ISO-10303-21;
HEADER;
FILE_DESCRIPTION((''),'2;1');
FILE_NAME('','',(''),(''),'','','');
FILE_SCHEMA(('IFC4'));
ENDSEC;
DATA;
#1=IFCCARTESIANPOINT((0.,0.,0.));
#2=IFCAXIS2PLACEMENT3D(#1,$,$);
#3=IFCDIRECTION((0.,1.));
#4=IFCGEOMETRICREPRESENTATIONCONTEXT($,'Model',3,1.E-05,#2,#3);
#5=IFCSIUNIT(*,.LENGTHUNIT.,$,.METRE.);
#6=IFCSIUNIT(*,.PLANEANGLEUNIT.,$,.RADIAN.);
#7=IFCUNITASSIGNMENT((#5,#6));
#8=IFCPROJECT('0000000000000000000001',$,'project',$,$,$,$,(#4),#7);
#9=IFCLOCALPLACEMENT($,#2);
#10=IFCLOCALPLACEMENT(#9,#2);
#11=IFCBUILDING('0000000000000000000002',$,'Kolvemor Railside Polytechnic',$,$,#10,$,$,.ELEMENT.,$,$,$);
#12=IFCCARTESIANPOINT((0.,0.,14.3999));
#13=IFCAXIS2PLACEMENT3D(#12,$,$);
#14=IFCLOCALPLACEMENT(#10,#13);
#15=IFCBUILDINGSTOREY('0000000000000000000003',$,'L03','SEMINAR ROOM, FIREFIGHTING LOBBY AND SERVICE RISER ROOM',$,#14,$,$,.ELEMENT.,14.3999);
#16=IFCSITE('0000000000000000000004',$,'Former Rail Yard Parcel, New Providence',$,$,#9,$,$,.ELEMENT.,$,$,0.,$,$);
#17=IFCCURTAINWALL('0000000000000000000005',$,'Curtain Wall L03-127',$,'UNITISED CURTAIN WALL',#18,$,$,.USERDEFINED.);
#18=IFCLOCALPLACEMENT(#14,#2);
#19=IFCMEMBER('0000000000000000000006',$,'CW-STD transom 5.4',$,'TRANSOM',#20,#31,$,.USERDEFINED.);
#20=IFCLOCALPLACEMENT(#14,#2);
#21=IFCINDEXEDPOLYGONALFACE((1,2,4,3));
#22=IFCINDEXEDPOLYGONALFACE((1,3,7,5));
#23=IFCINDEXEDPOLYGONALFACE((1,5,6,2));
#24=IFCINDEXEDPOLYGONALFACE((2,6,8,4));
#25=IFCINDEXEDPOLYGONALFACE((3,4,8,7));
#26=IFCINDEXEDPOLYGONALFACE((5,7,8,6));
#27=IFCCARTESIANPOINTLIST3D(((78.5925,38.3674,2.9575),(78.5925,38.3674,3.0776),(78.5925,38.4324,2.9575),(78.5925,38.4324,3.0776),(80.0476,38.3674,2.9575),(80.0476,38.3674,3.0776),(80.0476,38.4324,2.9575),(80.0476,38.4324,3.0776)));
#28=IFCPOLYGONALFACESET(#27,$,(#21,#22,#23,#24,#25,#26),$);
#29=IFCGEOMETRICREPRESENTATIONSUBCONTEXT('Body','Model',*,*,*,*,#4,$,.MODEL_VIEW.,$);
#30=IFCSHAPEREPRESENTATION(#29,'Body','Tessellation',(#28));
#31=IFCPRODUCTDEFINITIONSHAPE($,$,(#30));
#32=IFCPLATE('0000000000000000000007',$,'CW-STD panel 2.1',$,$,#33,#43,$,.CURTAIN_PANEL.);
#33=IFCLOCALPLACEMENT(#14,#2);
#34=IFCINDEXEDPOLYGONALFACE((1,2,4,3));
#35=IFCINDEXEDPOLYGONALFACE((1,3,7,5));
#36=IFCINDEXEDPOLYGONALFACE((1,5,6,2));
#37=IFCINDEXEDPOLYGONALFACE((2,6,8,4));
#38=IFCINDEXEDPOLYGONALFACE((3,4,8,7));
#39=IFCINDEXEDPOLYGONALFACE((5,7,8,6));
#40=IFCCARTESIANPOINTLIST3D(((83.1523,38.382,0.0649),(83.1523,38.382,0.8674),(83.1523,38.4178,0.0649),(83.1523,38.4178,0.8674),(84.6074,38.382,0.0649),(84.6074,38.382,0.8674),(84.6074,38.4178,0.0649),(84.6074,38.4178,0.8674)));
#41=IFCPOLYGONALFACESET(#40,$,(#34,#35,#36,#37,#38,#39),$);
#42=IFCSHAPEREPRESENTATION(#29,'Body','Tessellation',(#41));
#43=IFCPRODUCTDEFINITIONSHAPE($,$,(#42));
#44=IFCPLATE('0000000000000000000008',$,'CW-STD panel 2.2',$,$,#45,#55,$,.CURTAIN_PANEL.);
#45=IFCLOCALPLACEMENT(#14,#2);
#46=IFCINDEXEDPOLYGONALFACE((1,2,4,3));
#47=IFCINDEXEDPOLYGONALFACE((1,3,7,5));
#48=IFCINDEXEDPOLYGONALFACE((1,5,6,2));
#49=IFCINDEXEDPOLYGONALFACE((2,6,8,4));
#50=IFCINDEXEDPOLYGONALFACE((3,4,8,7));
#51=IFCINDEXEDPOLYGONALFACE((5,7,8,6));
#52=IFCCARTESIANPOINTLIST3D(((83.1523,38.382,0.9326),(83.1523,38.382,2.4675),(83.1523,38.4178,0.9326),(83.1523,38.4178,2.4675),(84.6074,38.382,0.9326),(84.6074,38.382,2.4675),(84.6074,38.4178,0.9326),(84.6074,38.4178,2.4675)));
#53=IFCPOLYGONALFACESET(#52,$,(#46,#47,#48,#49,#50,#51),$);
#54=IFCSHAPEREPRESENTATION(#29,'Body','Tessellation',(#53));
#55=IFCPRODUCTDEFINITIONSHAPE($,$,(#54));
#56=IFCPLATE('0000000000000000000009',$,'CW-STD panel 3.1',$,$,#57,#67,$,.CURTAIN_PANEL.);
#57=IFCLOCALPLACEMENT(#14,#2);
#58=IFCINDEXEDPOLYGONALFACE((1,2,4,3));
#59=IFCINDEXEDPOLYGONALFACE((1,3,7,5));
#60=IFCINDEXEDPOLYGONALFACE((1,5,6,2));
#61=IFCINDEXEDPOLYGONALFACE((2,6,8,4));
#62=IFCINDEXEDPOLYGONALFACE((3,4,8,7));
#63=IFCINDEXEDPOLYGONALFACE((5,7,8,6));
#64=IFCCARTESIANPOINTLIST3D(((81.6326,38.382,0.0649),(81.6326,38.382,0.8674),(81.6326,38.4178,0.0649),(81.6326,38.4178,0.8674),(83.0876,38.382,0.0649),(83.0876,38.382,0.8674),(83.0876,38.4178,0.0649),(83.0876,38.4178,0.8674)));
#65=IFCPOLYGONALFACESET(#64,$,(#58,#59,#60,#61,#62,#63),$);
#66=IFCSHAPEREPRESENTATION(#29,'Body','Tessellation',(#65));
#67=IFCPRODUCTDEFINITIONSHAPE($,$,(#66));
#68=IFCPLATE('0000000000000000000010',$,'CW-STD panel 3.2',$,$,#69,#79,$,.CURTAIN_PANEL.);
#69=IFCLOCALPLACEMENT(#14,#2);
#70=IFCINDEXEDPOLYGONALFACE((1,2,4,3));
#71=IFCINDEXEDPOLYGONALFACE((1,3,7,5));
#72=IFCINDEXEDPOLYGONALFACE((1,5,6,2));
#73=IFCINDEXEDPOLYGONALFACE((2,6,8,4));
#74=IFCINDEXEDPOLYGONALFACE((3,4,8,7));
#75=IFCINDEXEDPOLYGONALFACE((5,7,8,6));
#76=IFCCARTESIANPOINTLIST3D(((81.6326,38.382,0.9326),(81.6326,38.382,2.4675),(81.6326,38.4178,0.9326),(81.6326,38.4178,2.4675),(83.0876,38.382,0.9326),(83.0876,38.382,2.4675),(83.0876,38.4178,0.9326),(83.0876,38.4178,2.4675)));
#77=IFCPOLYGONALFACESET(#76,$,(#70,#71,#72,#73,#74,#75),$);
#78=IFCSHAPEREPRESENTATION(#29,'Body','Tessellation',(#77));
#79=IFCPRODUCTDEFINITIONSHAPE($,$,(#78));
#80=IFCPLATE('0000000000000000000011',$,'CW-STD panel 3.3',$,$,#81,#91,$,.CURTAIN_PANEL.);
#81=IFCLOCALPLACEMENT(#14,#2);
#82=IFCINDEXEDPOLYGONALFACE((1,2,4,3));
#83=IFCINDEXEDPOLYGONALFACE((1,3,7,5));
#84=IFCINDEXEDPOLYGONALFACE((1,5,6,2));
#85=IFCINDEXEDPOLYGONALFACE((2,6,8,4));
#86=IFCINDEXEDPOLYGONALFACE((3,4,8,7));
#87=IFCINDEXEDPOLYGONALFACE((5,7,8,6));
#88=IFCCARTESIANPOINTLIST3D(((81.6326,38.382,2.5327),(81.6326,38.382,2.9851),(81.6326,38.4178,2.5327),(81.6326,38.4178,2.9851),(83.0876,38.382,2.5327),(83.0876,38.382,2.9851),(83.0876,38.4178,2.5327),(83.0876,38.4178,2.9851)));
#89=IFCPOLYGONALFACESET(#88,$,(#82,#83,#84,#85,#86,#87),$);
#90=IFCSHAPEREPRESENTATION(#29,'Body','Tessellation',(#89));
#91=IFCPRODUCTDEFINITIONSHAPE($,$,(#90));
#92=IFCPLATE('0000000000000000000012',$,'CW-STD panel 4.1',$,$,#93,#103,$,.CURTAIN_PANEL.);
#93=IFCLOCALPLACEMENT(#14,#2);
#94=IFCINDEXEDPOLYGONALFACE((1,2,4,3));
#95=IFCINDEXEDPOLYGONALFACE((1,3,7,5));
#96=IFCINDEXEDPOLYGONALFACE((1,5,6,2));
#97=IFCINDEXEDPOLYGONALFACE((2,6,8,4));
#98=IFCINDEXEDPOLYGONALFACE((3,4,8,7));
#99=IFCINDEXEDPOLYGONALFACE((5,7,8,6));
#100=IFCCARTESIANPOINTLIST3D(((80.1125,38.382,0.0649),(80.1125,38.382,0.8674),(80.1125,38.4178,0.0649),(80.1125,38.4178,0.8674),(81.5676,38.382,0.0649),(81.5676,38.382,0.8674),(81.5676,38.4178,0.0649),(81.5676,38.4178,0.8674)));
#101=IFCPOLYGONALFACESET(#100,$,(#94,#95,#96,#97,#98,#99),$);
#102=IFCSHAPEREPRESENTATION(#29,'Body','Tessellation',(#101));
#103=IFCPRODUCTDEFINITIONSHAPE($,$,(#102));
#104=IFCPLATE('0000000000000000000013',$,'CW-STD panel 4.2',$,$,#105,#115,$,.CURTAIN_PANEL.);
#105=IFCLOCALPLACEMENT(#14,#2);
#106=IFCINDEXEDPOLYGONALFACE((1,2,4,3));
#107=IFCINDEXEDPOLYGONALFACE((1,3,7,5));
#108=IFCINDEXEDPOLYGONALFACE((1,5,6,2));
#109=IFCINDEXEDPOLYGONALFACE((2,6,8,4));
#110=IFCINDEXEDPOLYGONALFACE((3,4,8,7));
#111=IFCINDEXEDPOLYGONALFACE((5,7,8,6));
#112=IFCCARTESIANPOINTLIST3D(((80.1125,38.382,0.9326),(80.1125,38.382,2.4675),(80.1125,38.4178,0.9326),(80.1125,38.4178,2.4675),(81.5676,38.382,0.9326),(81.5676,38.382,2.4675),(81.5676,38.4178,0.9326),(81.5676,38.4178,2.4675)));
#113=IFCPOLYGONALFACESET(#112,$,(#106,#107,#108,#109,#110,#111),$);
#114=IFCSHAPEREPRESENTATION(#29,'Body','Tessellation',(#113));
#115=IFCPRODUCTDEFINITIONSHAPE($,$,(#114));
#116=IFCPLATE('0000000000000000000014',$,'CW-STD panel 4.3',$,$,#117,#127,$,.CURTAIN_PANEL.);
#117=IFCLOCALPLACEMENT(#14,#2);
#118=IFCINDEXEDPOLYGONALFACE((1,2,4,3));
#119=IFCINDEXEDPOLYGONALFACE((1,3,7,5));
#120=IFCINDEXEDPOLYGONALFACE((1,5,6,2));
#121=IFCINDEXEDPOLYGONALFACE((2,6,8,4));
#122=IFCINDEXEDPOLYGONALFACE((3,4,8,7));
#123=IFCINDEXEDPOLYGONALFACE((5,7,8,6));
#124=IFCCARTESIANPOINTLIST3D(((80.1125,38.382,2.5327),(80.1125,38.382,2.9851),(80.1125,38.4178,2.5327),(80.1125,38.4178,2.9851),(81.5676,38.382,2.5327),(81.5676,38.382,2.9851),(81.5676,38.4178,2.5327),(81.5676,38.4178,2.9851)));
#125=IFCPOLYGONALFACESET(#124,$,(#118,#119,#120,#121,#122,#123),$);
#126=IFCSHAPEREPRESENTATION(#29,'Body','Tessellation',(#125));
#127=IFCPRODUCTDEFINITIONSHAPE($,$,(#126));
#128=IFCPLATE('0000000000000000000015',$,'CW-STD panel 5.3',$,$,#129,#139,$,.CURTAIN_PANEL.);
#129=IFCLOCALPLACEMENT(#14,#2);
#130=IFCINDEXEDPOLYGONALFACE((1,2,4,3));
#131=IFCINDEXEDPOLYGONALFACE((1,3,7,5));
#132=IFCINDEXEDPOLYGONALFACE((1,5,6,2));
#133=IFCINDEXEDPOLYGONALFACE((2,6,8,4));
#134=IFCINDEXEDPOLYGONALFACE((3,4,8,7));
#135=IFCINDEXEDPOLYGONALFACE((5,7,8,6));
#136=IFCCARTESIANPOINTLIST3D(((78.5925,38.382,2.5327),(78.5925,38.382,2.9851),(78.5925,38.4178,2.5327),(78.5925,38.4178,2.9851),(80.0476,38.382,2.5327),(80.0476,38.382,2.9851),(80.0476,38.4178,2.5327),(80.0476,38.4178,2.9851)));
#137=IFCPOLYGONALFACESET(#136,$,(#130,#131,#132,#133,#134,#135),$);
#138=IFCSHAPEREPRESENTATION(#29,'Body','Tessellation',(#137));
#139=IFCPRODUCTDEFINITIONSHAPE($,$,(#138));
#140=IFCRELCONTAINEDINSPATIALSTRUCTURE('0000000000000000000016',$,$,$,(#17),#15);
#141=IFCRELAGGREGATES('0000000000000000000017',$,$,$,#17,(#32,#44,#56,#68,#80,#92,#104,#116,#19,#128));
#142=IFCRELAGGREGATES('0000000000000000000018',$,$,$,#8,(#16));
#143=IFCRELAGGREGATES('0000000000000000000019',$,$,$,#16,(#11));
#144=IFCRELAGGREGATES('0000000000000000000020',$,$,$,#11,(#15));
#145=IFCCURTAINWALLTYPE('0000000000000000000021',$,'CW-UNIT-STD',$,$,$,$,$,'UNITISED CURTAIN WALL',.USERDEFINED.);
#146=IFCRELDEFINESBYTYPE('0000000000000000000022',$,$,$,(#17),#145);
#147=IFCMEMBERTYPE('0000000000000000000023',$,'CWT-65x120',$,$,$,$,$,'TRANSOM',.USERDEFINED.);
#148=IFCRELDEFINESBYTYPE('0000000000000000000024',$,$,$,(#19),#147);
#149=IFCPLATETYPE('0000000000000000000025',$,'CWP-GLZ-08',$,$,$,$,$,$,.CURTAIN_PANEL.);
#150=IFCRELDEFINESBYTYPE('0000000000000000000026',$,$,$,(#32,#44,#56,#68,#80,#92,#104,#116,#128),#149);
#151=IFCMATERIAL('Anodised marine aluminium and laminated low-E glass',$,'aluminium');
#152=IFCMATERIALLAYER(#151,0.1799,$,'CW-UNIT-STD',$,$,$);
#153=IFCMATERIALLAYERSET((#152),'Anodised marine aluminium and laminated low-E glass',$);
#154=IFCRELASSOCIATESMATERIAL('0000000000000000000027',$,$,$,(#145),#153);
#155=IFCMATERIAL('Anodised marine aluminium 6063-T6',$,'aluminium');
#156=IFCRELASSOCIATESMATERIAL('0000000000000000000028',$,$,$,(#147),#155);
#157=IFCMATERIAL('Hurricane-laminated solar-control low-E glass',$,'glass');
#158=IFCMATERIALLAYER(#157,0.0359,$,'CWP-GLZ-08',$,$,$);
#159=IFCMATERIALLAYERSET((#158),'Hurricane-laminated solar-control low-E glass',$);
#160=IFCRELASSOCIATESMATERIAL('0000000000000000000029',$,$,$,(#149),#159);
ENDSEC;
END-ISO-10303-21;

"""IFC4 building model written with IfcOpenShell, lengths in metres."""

from ifc_helpers import new_model, si_unit, direction, frame, origin, origin_2d, place, context, subcontext, project, spatial, rectangle, extrude, material, layer, layer_set, material_profile, profile_set, type_object, element, aggregate, save


model = new_model("IFC4")

# Units and contexts
model_context = context("Model", 3, precision=1e-05, world=origin(), true_north=direction((0.0, 1.0)))
body_context = subcontext(model_context, "Body", "Model", "MODEL_VIEW")
ifc_project = project(units=[si_unit("LENGTHUNIT", "METRE"), si_unit("PLANEANGLEUNIT", "RADIAN")], contexts=[model_context])

# Site, building, storey
site_placement = place(None, origin())
site = spatial("IfcSite", under=ifc_project, at=site_placement, Name="Former Rail Yard Parcel, New Providence", CompositionType="ELEMENT", RefElevation=0.0)
building_placement = place(site_placement, origin())
building = spatial("IfcBuilding", under=site, at=building_placement, Name="Kolvemor Railside Polytechnic", CompositionType="ELEMENT")
storey_placement = place(building_placement, frame((0.0, 0.0, 14.3999)))
storey = spatial("IfcBuildingStorey", under=building, at=storey_placement, Name="L03", Description="SEMINAR ROOM, FIREFIGHTING LOBBY AND SERVICE RISER ROOM", CompositionType="ELEMENT", Elevation=14.3999)

# Curtain wall, member, plates
ifc_material_1 = material(Name="Anodised marine aluminium and laminated low-E glass", Category="aluminium")
ifc_layer_1 = layer(ifc_material_1, 0.1799, Name="CW-UNIT-STD")
ifc_layer_set_1 = layer_set([ifc_layer_1], Name="Anodised marine aluminium and laminated low-E glass")
curtain_wall_type = type_object("IfcCurtainWallType", Name="CW-UNIT-STD", ElementType="UNITISED CURTAIN WALL", PredefinedType="USERDEFINED", material=ifc_layer_set_1)
curtain_wall_placement = place(storey_placement, origin())
curtain_wall = element("IfcCurtainWall", 1, at=curtain_wall_placement, inside=storey, type_object=curtain_wall_type, Name="Curtain Wall L03-127", ObjectType="UNITISED CURTAIN WALL", PredefinedType="USERDEFINED")
ifc_material_2 = material(Name="Anodised marine aluminium 6063-T6", Category="aluminium")
ifc_material_profile_1 = material_profile(ifc_material_2, rectangle(XDim=0.0649, YDim=0.1201, at=origin_2d()), Name="CW-TRN-65x120")
ifc_profile_set_1 = profile_set([ifc_material_profile_1], Name="Anodised marine aluminium 6063-T6")
member_type_1 = type_object("IfcMemberType", Name="CWT-65x120", ElementType="TRANSOM", PredefinedType="USERDEFINED", material=ifc_profile_set_1)
member_1_placement = place(storey_placement, frame((80.0476, 38.3999, 3.0176), z_axis=(-1.0, 0.0, 0.0), x_axis=(0.0, -1.0, 0.0)))
member_1 = element("IfcMember", 2, at=member_1_placement, type_object=member_type_1, Name="CW-STD transom 5.4", ObjectType="TRANSOM", PredefinedType="USERDEFINED", context=body_context, shape_type="SweptSolid", body=[
    extrude(rectangle(XDim=0.0649, YDim=0.1201, at=origin_2d()), origin(), (0.0, 0.0, 1.0), 1.4551),
])
ifc_material_3 = material(Name="Hurricane-laminated solar-control low-E glass", Category="glass")
ifc_layer_2 = layer(ifc_material_3, 0.0359, Name="CWP-GLZ-08")
ifc_layer_set_2 = layer_set([ifc_layer_2], Name="Hurricane-laminated solar-control low-E glass")
plate_type = type_object("IfcPlateType", Name="CWP-GLZ-08", PredefinedType="CURTAIN_PANEL", material=ifc_layer_set_2)
plate_1_placement = place(storey_placement, frame((83.8799, 38.3999, 0.0649), z_axis=(0.0, 0.0, 1.0), x_axis=(-1.0, 0.0, 0.0)))
plate_1 = element("IfcPlate", 3, at=plate_1_placement, type_object=plate_type, Name="CW-STD panel 2.1", PredefinedType="CURTAIN_PANEL", context=body_context, shape_type="SweptSolid", body=[
    extrude(rectangle(XDim=1.4551, YDim=0.0359, at=origin_2d()), origin(), (0.0, 0.0, 1.0), 0.8025),
])
plate_2_placement = place(storey_placement, frame((83.8799, 38.3999, 0.9326), z_axis=(0.0, 0.0, 1.0), x_axis=(-1.0, 0.0, 0.0)))
plate_2 = element("IfcPlate", 4, at=plate_2_placement, type_object=plate_type, Name="CW-STD panel 2.2", PredefinedType="CURTAIN_PANEL", context=body_context, shape_type="SweptSolid", body=[
    extrude(rectangle(XDim=1.4551, YDim=0.0359, at=origin_2d()), origin(), (0.0, 0.0, 1.0), 1.5349),
])
plate_3_placement = place(storey_placement, frame((82.3601, 38.3999, 0.0649), z_axis=(0.0, 0.0, 1.0), x_axis=(-1.0, 0.0, 0.0)))
plate_3 = element("IfcPlate", 5, at=plate_3_placement, type_object=plate_type, Name="CW-STD panel 3.1", PredefinedType="CURTAIN_PANEL", context=body_context, shape_type="SweptSolid", body=[
    extrude(rectangle(XDim=1.4551, YDim=0.0359, at=origin_2d()), origin(), (0.0, 0.0, 1.0), 0.8025),
])
plate_4_placement = place(storey_placement, frame((82.3601, 38.3999, 0.9326), z_axis=(0.0, 0.0, 1.0), x_axis=(-1.0, 0.0, 0.0)))
plate_4 = element("IfcPlate", 6, at=plate_4_placement, type_object=plate_type, Name="CW-STD panel 3.2", PredefinedType="CURTAIN_PANEL", context=body_context, shape_type="SweptSolid", body=[
    extrude(rectangle(XDim=1.4551, YDim=0.0359, at=origin_2d()), origin(), (0.0, 0.0, 1.0), 1.5349),
])
plate_5_placement = place(storey_placement, frame((82.3601, 38.3999, 2.5327), z_axis=(0.0, 0.0, 1.0), x_axis=(-1.0, 0.0, 0.0)))
plate_5 = element("IfcPlate", 7, at=plate_5_placement, type_object=plate_type, Name="CW-STD panel 3.3", PredefinedType="CURTAIN_PANEL", context=body_context, shape_type="SweptSolid", body=[
    extrude(rectangle(XDim=1.4551, YDim=0.0359, at=origin_2d()), origin(), (0.0, 0.0, 1.0), 0.4524),
])
plate_6_placement = place(storey_placement, frame((80.8401, 38.3999, 0.0649), z_axis=(0.0, 0.0, 1.0), x_axis=(-1.0, 0.0, 0.0)))
plate_6 = element("IfcPlate", 8, at=plate_6_placement, type_object=plate_type, Name="CW-STD panel 4.1", PredefinedType="CURTAIN_PANEL", context=body_context, shape_type="SweptSolid", body=[
    extrude(rectangle(XDim=1.4551, YDim=0.0359, at=origin_2d()), origin(), (0.0, 0.0, 1.0), 0.8025),
])
plate_7_placement = place(storey_placement, frame((80.8401, 38.3999, 0.9326), z_axis=(0.0, 0.0, 1.0), x_axis=(-1.0, 0.0, 0.0)))
plate_7 = element("IfcPlate", 9, at=plate_7_placement, type_object=plate_type, Name="CW-STD panel 4.2", PredefinedType="CURTAIN_PANEL", context=body_context, shape_type="SweptSolid", body=[
    extrude(rectangle(XDim=1.4551, YDim=0.0359, at=origin_2d()), origin(), (0.0, 0.0, 1.0), 1.5349),
])
plate_8_placement = place(storey_placement, frame((80.8401, 38.3999, 2.5327), z_axis=(0.0, 0.0, 1.0), x_axis=(-1.0, 0.0, 0.0)))
plate_8 = element("IfcPlate", 10, at=plate_8_placement, type_object=plate_type, Name="CW-STD panel 4.3", PredefinedType="CURTAIN_PANEL", context=body_context, shape_type="SweptSolid", body=[
    extrude(rectangle(XDim=1.4551, YDim=0.0359, at=origin_2d()), origin(), (0.0, 0.0, 1.0), 0.4524),
])
plate_9_placement = place(storey_placement, frame((79.3201, 38.3999, 2.5327), z_axis=(0.0, 0.0, 1.0), x_axis=(-1.0, 0.0, 0.0)))
plate_9 = element("IfcPlate", 11, at=plate_9_placement, type_object=plate_type, Name="CW-STD panel 5.3", PredefinedType="CURTAIN_PANEL", context=body_context, shape_type="SweptSolid", body=[
    extrude(rectangle(XDim=1.4551, YDim=0.0359, at=origin_2d()), origin(), (0.0, 0.0, 1.0), 0.4524),
])
aggregate(curtain_wall, [plate_1, plate_2, plate_3, plate_4, plate_5, plate_6, plate_7, plate_8, member_1, plate_9])

save(model, "model.ifc")
